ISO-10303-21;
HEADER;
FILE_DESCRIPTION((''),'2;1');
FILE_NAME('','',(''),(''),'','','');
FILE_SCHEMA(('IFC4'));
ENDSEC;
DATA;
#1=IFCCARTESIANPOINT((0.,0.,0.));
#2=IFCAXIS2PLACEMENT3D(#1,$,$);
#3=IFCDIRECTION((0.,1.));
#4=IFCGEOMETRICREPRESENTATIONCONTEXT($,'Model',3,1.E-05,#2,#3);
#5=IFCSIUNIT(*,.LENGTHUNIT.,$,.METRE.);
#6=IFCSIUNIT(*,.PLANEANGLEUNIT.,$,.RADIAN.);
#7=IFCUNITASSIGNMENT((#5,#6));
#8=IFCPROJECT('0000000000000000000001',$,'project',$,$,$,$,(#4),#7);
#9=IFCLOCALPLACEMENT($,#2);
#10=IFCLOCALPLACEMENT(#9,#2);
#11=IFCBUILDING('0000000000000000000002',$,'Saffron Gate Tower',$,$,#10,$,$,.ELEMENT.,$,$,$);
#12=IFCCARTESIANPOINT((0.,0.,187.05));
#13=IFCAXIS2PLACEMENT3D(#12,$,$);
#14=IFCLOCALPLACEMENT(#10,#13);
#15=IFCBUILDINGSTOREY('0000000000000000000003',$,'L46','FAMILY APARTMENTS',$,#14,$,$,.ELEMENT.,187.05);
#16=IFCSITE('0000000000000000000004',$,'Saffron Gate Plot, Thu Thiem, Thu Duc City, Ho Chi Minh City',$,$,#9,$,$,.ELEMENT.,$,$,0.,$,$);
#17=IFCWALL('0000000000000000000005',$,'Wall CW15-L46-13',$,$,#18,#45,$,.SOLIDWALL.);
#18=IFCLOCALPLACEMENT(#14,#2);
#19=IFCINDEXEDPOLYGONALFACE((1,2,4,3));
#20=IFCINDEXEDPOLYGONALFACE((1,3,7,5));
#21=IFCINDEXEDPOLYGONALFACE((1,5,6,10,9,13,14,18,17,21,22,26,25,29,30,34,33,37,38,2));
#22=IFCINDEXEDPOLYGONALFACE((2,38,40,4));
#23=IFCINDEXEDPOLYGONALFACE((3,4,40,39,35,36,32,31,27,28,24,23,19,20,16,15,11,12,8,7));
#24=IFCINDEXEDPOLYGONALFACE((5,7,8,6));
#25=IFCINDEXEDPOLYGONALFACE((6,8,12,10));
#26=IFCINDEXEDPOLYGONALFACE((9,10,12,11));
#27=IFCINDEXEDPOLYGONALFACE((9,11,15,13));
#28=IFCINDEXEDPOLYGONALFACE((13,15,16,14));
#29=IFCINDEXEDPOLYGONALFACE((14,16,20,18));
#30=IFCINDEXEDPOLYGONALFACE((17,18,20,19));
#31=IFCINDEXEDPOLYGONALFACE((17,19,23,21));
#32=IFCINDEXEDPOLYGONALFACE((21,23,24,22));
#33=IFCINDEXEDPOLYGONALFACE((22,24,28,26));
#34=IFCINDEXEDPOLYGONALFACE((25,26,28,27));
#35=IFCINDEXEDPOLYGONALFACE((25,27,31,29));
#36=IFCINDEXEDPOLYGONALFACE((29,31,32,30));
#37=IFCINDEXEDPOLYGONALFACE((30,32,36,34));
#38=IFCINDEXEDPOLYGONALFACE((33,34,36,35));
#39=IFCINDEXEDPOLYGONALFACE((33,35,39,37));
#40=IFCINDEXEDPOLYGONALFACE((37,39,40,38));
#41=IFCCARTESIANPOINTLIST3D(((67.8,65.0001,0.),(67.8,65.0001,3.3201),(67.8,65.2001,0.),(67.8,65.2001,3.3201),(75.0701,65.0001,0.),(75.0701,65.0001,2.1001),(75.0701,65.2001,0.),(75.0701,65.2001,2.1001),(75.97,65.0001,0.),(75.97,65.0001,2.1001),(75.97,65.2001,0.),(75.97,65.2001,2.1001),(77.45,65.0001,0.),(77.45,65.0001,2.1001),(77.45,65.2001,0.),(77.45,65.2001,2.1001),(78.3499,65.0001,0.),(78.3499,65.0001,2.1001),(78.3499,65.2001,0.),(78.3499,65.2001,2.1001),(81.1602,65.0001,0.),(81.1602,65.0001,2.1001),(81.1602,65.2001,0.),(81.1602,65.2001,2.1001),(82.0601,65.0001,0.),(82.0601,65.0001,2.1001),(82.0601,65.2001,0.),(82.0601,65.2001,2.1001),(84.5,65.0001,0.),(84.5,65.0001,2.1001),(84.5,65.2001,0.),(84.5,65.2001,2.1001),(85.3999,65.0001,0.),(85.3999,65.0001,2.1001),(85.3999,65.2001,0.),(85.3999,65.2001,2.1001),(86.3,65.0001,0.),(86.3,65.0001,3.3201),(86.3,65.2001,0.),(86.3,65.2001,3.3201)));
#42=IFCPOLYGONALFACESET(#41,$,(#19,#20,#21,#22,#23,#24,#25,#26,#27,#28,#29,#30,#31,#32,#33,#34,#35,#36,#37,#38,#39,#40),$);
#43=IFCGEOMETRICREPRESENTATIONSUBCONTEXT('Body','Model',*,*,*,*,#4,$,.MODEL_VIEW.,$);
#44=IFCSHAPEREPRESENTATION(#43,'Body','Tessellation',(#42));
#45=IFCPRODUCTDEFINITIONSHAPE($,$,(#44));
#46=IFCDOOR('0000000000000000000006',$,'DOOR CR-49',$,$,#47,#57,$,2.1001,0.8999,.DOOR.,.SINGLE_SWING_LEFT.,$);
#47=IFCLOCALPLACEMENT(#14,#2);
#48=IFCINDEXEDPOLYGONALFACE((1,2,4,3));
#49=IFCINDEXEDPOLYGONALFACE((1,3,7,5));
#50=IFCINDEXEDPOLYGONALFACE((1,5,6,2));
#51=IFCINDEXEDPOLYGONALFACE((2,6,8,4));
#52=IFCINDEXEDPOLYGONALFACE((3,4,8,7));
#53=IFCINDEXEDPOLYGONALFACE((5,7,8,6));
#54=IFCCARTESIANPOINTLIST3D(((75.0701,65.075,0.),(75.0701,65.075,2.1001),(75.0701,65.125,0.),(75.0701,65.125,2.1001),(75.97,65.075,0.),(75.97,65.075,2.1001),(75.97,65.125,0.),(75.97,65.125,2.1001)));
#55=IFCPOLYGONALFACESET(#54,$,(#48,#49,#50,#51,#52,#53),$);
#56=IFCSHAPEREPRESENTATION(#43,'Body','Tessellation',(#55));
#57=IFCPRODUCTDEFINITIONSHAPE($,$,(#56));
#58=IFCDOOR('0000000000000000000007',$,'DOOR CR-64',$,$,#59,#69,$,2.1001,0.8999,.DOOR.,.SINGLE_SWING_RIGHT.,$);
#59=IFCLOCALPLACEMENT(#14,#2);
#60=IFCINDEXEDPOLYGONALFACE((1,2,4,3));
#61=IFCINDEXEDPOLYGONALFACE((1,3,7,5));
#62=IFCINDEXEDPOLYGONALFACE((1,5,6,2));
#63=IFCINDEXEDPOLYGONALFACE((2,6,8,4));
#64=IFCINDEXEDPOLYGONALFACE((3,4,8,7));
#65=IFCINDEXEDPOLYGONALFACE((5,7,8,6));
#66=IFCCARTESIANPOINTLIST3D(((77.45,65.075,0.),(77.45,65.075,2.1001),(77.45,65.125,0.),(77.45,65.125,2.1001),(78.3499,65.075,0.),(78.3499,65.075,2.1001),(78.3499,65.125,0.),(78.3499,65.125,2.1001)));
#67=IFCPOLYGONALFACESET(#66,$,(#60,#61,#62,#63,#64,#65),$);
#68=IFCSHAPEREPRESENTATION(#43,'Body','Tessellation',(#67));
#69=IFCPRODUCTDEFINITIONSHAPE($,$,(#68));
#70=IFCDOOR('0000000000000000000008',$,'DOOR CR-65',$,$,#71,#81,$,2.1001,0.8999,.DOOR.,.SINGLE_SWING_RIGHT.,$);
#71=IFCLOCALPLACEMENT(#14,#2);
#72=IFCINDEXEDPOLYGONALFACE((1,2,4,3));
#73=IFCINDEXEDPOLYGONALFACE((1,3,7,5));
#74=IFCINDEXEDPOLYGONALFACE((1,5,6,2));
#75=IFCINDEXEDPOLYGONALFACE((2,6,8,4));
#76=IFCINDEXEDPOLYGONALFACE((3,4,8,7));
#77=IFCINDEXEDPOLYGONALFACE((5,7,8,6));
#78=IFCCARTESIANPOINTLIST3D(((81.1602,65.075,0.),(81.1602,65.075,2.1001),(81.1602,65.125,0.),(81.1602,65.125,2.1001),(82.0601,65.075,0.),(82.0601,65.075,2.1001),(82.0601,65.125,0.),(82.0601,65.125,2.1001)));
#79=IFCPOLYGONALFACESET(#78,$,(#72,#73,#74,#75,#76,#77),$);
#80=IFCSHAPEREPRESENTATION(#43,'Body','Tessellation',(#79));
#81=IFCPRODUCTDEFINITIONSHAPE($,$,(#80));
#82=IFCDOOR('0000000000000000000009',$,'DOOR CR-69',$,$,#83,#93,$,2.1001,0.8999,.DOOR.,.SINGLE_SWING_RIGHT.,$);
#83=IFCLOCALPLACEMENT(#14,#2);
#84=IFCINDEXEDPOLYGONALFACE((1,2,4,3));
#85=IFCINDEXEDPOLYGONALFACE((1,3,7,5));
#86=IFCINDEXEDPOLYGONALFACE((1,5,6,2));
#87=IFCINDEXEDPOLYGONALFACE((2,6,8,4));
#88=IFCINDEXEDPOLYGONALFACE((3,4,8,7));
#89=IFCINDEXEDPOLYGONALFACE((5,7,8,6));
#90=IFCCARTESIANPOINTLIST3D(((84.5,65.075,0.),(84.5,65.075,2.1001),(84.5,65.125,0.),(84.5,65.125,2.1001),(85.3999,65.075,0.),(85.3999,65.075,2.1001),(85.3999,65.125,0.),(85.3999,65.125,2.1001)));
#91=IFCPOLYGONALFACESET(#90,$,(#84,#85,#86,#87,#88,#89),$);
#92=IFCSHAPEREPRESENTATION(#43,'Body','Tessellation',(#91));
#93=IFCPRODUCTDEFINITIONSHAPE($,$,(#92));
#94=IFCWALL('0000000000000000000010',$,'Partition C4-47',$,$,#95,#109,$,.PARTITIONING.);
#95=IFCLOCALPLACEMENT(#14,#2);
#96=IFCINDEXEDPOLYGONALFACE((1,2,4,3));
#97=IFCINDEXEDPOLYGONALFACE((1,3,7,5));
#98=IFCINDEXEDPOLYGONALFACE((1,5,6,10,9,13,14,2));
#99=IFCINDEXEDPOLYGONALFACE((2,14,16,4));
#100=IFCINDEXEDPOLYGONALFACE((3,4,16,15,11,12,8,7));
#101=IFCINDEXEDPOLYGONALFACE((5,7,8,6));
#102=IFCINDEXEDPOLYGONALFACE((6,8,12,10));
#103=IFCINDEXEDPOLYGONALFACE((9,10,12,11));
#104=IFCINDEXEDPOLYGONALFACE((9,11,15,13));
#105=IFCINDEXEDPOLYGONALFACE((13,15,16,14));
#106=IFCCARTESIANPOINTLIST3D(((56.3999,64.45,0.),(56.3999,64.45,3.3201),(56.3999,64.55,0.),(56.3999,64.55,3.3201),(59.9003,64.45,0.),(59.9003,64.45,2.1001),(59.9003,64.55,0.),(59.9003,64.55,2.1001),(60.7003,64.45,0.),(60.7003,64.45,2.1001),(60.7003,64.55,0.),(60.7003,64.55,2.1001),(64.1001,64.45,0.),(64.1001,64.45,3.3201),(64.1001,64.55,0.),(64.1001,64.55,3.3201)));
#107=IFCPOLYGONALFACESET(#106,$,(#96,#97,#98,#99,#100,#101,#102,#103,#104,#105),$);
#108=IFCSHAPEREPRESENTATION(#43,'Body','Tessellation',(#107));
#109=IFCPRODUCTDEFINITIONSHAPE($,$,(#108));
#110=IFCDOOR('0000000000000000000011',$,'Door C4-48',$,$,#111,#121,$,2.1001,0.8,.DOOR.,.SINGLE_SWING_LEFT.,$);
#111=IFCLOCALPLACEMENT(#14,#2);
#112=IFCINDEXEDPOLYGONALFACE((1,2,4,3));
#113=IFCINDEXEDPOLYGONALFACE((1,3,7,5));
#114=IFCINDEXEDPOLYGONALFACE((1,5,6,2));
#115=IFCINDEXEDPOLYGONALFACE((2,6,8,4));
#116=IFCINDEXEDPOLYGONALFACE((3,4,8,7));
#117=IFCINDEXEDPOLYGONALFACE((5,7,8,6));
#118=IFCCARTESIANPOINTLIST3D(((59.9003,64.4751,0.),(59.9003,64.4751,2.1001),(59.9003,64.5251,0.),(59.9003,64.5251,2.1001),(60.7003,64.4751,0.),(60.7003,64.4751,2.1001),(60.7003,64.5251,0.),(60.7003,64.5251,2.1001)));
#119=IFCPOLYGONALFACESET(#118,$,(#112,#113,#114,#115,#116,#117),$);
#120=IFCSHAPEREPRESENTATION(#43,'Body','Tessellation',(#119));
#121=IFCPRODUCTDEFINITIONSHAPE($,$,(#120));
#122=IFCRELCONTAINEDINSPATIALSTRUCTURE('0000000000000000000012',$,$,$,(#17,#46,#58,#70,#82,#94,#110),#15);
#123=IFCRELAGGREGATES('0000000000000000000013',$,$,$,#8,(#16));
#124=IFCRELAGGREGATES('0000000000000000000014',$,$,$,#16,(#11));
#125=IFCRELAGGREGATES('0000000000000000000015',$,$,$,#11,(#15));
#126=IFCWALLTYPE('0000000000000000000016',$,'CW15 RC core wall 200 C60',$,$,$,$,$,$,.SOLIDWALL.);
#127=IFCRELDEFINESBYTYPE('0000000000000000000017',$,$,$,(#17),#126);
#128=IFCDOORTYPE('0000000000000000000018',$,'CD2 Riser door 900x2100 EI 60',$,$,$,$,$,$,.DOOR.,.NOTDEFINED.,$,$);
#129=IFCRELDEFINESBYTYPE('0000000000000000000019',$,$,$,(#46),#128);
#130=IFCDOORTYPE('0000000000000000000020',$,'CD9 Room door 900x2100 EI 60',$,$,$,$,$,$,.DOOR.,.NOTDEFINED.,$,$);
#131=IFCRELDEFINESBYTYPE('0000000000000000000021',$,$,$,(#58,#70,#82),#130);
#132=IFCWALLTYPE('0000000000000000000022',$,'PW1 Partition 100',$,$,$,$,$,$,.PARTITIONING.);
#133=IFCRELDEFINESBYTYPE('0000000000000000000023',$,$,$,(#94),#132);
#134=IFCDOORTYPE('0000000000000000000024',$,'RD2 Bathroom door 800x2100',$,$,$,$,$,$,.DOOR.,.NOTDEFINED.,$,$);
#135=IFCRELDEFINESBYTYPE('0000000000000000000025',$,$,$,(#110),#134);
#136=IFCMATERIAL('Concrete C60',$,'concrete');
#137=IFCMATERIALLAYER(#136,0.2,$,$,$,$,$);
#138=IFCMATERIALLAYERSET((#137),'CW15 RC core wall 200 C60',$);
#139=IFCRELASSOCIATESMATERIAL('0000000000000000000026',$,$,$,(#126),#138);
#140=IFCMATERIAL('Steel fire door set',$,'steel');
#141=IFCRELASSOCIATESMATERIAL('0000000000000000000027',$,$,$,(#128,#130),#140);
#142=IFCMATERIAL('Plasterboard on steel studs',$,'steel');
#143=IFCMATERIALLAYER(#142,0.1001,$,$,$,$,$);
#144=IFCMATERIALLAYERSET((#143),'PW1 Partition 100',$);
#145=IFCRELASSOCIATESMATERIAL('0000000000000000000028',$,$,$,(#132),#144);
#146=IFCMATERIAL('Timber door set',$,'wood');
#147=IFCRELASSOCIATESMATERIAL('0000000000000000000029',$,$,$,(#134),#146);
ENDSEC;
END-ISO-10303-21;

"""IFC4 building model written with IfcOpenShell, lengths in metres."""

from ifc_helpers import new_model, si_unit, direction, frame, frame_2d, origin, place, context, subcontext, project, spatial, rectangle, extrude, material, layer, layer_set, type_object, element, fill, save


model = new_model("IFC4")

# Units and contexts
model_context = context("Model", 3, precision=1e-05, world=origin(), true_north=direction((0.0, 1.0)))
body_context = subcontext(model_context, "Body", "Model", "MODEL_VIEW")
ifc_project = project(units=[si_unit("LENGTHUNIT", "METRE"), si_unit("PLANEANGLEUNIT", "RADIAN")], contexts=[model_context])

# Site, building, storey
site_placement = place(None, origin())
site = spatial("IfcSite", under=ifc_project, at=site_placement, Name="Saffron Gate Plot, Thu Thiem, Thu Duc City, Ho Chi Minh City", CompositionType="ELEMENT", RefElevation=0.0)
building_placement = place(site_placement, origin())
building = spatial("IfcBuilding", under=site, at=building_placement, Name="Saffron Gate Tower", CompositionType="ELEMENT")
storey_placement = place(building_placement, frame((0.0, 0.0, 187.05)))
storey = spatial("IfcBuildingStorey", under=building, at=storey_placement, Name="L46", Description="FAMILY APARTMENTS", CompositionType="ELEMENT", Elevation=187.05)

# Shared definitions
ifc_material_1 = material(Name="Concrete C60", Category="concrete")
ifc_material_2 = material(Name="Steel fire door set", Category="steel")

# Wall, openings, doors
ifc_layer_1 = layer(ifc_material_1, 0.2)
ifc_layer_set_1 = layer_set([ifc_layer_1], Name="CW15 RC core wall 200 C60")
wall_type_1 = type_object("IfcWallType", Name="CW15 RC core wall 200 C60", PredefinedType="SOLIDWALL", material=ifc_layer_set_1)
wall_1_placement = place(storey_placement, frame((67.8, 65.1001, 0.0), z_axis=(0.0, 0.0, 1.0), x_axis=(1.0, 0.0, 0.0)))
wall_1 = element("IfcWall", 1, at=wall_1_placement, inside=storey, type_object=wall_type_1, Name="Wall CW15-L46-13", PredefinedType="SOLIDWALL", context=body_context, shape_type="SweptSolid", body=[
    extrude(rectangle(XDim=18.5, YDim=0.2, at=frame_2d((9.25, 0.0))), origin(), (0.0, 0.0, 1.0), 3.3201),
])
opening_1_placement = place(wall_1_placement, frame((7.27, 0.0, 0.0)))
opening_1 = element("IfcOpeningElement", 2, at=opening_1_placement, cuts=wall_1, PredefinedType="OPENING", context=body_context, shape_type="SweptSolid", body=[
    extrude(rectangle(XDim=0.8999, YDim=2.1001, at=frame_2d((0.45, 1.05))), frame((0.0, 0.1099, 0.0), z_axis=(0.0, -1.0, 0.0), x_axis=(1.0, 0.0, 0.0)), (0.0, 0.0, 1.0), 0.22),
])
opening_2_placement = place(wall_1_placement, frame((9.6499, 0.0, 0.0)))
opening_2 = element("IfcOpeningElement", 3, at=opening_2_placement, cuts=wall_1, PredefinedType="OPENING", context=body_context, shape_type="SweptSolid", body=[
    extrude(rectangle(XDim=0.8999, YDim=2.1001, at=frame_2d((0.45, 1.05))), frame((0.0, 0.1099, 0.0), z_axis=(0.0, -1.0, 0.0), x_axis=(1.0, 0.0, 0.0)), (0.0, 0.0, 1.0), 0.22),
])
opening_3_placement = place(wall_1_placement, frame((13.3601, 0.0, 0.0)))
opening_3 = element("IfcOpeningElement", 4, at=opening_3_placement, cuts=wall_1, PredefinedType="OPENING", context=body_context, shape_type="SweptSolid", body=[
    extrude(rectangle(XDim=0.8999, YDim=2.1001, at=frame_2d((0.45, 1.05))), frame((0.0, 0.1099, 0.0), z_axis=(0.0, -1.0, 0.0), x_axis=(1.0, 0.0, 0.0)), (0.0, 0.0, 1.0), 0.22),
])
opening_4_placement = place(wall_1_placement, frame((16.7, 0.0, 0.0)))
opening_4 = element("IfcOpeningElement", 5, at=opening_4_placement, cuts=wall_1, PredefinedType="OPENING", context=body_context, shape_type="SweptSolid", body=[
    extrude(rectangle(XDim=0.8999, YDim=2.1001, at=frame_2d((0.45, 1.05))), frame((0.0, 0.1099, 0.0), z_axis=(0.0, -1.0, 0.0), x_axis=(1.0, 0.0, 0.0)), (0.0, 0.0, 1.0), 0.22),
])
door_type_1 = type_object("IfcDoorType", Name="CD2 Riser door 900x2100 EI 60", OperationType="NOTDEFINED", PredefinedType="DOOR", material=ifc_material_2)
door_1_placement = place(opening_1_placement, origin())
door_1 = element("IfcDoor", 6, at=door_1_placement, inside=storey, type_object=door_type_1, Name="DOOR CR-49", OperationType="SINGLE_SWING_LEFT", OverallHeight=2.1001, OverallWidth=0.8999, PredefinedType="DOOR", context=body_context, shape_type="SweptSolid", body=[
    extrude(rectangle(XDim=0.8999, YDim=2.1001, at=frame_2d((0.45, 1.05))), frame((0.0, 0.0249, 0.0), z_axis=(0.0, -1.0, 0.0), x_axis=(1.0, 0.0, 0.0)), (0.0, 0.0, 1.0), 0.05),
])
fill(opening_1, door_1)
door_type_2 = type_object("IfcDoorType", Name="CD9 Room door 900x2100 EI 60", OperationType="NOTDEFINED", PredefinedType="DOOR", material=ifc_material_2)
door_2_placement = place(opening_2_placement, origin())
door_2 = element("IfcDoor", 7, at=door_2_placement, inside=storey, type_object=door_type_2, Name="DOOR CR-64", OperationType="SINGLE_SWING_RIGHT", OverallHeight=2.1001, OverallWidth=0.8999, PredefinedType="DOOR", context=body_context, shape_type="SweptSolid", body=[
    extrude(rectangle(XDim=0.8999, YDim=2.1001, at=frame_2d((0.45, 1.05))), frame((0.0, 0.0249, 0.0), z_axis=(0.0, -1.0, 0.0), x_axis=(1.0, 0.0, 0.0)), (0.0, 0.0, 1.0), 0.05),
])
fill(opening_2, door_2)
door_3_placement = place(opening_3_placement, origin())
door_3 = element("IfcDoor", 8, at=door_3_placement, inside=storey, type_object=door_type_2, Name="DOOR CR-65", OperationType="SINGLE_SWING_RIGHT", OverallHeight=2.1001, OverallWidth=0.8999, PredefinedType="DOOR", context=body_context, shape_type="SweptSolid", body=[
    extrude(rectangle(XDim=0.8999, YDim=2.1001, at=frame_2d((0.45, 1.05))), frame((0.0, 0.0249, 0.0), z_axis=(0.0, -1.0, 0.0), x_axis=(1.0, 0.0, 0.0)), (0.0, 0.0, 1.0), 0.05),
])
fill(opening_3, door_3)
door_4_placement = place(opening_4_placement, origin())
door_4 = element("IfcDoor", 9, at=door_4_placement, inside=storey, type_object=door_type_2, Name="DOOR CR-69", OperationType="SINGLE_SWING_RIGHT", OverallHeight=2.1001, OverallWidth=0.8999, PredefinedType="DOOR", context=body_context, shape_type="SweptSolid", body=[
    extrude(rectangle(XDim=0.8999, YDim=2.1001, at=frame_2d((0.45, 1.05))), frame((0.0, 0.0249, 0.0), z_axis=(0.0, -1.0, 0.0), x_axis=(1.0, 0.0, 0.0)), (0.0, 0.0, 1.0), 0.05),
])
fill(opening_4, door_4)

# Wall, opening, door
ifc_material_3 = material(Name="Plasterboard on steel studs", Category="steel")
ifc_layer_2 = layer(ifc_material_3, 0.1001)
ifc_layer_set_2 = layer_set([ifc_layer_2], Name="PW1 Partition 100")
wall_type_2 = type_object("IfcWallType", Name="PW1 Partition 100", PredefinedType="PARTITIONING", material=ifc_layer_set_2)
wall_2_placement = place(storey_placement, frame((64.1001, 64.5, 0.0), z_axis=(0.0, 0.0, 1.0), x_axis=(-1.0, 0.0, 0.0)))
wall_2 = element("IfcWall", 10, at=wall_2_placement, inside=storey, type_object=wall_type_2, Name="Partition C4-47", PredefinedType="PARTITIONING", context=body_context, shape_type="SweptSolid", body=[
    extrude(rectangle(XDim=7.7002, YDim=0.1001, at=frame_2d((3.8501, 0.0))), origin(), (0.0, 0.0, 1.0), 3.3201),
])
opening_5_placement = place(wall_2_placement, frame((3.3999, 0.0, 0.0)))
opening_5 = element("IfcOpeningElement", 11, at=opening_5_placement, cuts=wall_2, PredefinedType="OPENING", context=body_context, shape_type="SweptSolid", body=[
    extrude(rectangle(XDim=0.8, YDim=2.1001, at=frame_2d((0.3999, 1.05))), frame((0.0, 0.0601, 0.0), z_axis=(0.0, -1.0, 0.0), x_axis=(1.0, 0.0, 0.0)), (0.0, 0.0, 1.0), 0.1201),
])
ifc_material_4 = material(Name="Timber door set", Category="wood")
door_type_3 = type_object("IfcDoorType", Name="RD2 Bathroom door 800x2100", OperationType="NOTDEFINED", PredefinedType="DOOR", material=ifc_material_4)
door_5_placement = place(opening_5_placement, origin())
door_5 = element("IfcDoor", 12, at=door_5_placement, inside=storey, type_object=door_type_3, Name="Door C4-48", OperationType="SINGLE_SWING_LEFT", OverallHeight=2.1001, OverallWidth=0.8, PredefinedType="DOOR", context=body_context, shape_type="SweptSolid", body=[
    extrude(rectangle(XDim=0.8, YDim=2.1001, at=frame_2d((0.3999, 1.05))), frame((0.0, 0.0249, 0.0), z_axis=(0.0, -1.0, 0.0), x_axis=(1.0, 0.0, 0.0)), (0.0, 0.0, 1.0), 0.05),
])
fill(opening_5, door_5)

save(model, "model.ifc")
